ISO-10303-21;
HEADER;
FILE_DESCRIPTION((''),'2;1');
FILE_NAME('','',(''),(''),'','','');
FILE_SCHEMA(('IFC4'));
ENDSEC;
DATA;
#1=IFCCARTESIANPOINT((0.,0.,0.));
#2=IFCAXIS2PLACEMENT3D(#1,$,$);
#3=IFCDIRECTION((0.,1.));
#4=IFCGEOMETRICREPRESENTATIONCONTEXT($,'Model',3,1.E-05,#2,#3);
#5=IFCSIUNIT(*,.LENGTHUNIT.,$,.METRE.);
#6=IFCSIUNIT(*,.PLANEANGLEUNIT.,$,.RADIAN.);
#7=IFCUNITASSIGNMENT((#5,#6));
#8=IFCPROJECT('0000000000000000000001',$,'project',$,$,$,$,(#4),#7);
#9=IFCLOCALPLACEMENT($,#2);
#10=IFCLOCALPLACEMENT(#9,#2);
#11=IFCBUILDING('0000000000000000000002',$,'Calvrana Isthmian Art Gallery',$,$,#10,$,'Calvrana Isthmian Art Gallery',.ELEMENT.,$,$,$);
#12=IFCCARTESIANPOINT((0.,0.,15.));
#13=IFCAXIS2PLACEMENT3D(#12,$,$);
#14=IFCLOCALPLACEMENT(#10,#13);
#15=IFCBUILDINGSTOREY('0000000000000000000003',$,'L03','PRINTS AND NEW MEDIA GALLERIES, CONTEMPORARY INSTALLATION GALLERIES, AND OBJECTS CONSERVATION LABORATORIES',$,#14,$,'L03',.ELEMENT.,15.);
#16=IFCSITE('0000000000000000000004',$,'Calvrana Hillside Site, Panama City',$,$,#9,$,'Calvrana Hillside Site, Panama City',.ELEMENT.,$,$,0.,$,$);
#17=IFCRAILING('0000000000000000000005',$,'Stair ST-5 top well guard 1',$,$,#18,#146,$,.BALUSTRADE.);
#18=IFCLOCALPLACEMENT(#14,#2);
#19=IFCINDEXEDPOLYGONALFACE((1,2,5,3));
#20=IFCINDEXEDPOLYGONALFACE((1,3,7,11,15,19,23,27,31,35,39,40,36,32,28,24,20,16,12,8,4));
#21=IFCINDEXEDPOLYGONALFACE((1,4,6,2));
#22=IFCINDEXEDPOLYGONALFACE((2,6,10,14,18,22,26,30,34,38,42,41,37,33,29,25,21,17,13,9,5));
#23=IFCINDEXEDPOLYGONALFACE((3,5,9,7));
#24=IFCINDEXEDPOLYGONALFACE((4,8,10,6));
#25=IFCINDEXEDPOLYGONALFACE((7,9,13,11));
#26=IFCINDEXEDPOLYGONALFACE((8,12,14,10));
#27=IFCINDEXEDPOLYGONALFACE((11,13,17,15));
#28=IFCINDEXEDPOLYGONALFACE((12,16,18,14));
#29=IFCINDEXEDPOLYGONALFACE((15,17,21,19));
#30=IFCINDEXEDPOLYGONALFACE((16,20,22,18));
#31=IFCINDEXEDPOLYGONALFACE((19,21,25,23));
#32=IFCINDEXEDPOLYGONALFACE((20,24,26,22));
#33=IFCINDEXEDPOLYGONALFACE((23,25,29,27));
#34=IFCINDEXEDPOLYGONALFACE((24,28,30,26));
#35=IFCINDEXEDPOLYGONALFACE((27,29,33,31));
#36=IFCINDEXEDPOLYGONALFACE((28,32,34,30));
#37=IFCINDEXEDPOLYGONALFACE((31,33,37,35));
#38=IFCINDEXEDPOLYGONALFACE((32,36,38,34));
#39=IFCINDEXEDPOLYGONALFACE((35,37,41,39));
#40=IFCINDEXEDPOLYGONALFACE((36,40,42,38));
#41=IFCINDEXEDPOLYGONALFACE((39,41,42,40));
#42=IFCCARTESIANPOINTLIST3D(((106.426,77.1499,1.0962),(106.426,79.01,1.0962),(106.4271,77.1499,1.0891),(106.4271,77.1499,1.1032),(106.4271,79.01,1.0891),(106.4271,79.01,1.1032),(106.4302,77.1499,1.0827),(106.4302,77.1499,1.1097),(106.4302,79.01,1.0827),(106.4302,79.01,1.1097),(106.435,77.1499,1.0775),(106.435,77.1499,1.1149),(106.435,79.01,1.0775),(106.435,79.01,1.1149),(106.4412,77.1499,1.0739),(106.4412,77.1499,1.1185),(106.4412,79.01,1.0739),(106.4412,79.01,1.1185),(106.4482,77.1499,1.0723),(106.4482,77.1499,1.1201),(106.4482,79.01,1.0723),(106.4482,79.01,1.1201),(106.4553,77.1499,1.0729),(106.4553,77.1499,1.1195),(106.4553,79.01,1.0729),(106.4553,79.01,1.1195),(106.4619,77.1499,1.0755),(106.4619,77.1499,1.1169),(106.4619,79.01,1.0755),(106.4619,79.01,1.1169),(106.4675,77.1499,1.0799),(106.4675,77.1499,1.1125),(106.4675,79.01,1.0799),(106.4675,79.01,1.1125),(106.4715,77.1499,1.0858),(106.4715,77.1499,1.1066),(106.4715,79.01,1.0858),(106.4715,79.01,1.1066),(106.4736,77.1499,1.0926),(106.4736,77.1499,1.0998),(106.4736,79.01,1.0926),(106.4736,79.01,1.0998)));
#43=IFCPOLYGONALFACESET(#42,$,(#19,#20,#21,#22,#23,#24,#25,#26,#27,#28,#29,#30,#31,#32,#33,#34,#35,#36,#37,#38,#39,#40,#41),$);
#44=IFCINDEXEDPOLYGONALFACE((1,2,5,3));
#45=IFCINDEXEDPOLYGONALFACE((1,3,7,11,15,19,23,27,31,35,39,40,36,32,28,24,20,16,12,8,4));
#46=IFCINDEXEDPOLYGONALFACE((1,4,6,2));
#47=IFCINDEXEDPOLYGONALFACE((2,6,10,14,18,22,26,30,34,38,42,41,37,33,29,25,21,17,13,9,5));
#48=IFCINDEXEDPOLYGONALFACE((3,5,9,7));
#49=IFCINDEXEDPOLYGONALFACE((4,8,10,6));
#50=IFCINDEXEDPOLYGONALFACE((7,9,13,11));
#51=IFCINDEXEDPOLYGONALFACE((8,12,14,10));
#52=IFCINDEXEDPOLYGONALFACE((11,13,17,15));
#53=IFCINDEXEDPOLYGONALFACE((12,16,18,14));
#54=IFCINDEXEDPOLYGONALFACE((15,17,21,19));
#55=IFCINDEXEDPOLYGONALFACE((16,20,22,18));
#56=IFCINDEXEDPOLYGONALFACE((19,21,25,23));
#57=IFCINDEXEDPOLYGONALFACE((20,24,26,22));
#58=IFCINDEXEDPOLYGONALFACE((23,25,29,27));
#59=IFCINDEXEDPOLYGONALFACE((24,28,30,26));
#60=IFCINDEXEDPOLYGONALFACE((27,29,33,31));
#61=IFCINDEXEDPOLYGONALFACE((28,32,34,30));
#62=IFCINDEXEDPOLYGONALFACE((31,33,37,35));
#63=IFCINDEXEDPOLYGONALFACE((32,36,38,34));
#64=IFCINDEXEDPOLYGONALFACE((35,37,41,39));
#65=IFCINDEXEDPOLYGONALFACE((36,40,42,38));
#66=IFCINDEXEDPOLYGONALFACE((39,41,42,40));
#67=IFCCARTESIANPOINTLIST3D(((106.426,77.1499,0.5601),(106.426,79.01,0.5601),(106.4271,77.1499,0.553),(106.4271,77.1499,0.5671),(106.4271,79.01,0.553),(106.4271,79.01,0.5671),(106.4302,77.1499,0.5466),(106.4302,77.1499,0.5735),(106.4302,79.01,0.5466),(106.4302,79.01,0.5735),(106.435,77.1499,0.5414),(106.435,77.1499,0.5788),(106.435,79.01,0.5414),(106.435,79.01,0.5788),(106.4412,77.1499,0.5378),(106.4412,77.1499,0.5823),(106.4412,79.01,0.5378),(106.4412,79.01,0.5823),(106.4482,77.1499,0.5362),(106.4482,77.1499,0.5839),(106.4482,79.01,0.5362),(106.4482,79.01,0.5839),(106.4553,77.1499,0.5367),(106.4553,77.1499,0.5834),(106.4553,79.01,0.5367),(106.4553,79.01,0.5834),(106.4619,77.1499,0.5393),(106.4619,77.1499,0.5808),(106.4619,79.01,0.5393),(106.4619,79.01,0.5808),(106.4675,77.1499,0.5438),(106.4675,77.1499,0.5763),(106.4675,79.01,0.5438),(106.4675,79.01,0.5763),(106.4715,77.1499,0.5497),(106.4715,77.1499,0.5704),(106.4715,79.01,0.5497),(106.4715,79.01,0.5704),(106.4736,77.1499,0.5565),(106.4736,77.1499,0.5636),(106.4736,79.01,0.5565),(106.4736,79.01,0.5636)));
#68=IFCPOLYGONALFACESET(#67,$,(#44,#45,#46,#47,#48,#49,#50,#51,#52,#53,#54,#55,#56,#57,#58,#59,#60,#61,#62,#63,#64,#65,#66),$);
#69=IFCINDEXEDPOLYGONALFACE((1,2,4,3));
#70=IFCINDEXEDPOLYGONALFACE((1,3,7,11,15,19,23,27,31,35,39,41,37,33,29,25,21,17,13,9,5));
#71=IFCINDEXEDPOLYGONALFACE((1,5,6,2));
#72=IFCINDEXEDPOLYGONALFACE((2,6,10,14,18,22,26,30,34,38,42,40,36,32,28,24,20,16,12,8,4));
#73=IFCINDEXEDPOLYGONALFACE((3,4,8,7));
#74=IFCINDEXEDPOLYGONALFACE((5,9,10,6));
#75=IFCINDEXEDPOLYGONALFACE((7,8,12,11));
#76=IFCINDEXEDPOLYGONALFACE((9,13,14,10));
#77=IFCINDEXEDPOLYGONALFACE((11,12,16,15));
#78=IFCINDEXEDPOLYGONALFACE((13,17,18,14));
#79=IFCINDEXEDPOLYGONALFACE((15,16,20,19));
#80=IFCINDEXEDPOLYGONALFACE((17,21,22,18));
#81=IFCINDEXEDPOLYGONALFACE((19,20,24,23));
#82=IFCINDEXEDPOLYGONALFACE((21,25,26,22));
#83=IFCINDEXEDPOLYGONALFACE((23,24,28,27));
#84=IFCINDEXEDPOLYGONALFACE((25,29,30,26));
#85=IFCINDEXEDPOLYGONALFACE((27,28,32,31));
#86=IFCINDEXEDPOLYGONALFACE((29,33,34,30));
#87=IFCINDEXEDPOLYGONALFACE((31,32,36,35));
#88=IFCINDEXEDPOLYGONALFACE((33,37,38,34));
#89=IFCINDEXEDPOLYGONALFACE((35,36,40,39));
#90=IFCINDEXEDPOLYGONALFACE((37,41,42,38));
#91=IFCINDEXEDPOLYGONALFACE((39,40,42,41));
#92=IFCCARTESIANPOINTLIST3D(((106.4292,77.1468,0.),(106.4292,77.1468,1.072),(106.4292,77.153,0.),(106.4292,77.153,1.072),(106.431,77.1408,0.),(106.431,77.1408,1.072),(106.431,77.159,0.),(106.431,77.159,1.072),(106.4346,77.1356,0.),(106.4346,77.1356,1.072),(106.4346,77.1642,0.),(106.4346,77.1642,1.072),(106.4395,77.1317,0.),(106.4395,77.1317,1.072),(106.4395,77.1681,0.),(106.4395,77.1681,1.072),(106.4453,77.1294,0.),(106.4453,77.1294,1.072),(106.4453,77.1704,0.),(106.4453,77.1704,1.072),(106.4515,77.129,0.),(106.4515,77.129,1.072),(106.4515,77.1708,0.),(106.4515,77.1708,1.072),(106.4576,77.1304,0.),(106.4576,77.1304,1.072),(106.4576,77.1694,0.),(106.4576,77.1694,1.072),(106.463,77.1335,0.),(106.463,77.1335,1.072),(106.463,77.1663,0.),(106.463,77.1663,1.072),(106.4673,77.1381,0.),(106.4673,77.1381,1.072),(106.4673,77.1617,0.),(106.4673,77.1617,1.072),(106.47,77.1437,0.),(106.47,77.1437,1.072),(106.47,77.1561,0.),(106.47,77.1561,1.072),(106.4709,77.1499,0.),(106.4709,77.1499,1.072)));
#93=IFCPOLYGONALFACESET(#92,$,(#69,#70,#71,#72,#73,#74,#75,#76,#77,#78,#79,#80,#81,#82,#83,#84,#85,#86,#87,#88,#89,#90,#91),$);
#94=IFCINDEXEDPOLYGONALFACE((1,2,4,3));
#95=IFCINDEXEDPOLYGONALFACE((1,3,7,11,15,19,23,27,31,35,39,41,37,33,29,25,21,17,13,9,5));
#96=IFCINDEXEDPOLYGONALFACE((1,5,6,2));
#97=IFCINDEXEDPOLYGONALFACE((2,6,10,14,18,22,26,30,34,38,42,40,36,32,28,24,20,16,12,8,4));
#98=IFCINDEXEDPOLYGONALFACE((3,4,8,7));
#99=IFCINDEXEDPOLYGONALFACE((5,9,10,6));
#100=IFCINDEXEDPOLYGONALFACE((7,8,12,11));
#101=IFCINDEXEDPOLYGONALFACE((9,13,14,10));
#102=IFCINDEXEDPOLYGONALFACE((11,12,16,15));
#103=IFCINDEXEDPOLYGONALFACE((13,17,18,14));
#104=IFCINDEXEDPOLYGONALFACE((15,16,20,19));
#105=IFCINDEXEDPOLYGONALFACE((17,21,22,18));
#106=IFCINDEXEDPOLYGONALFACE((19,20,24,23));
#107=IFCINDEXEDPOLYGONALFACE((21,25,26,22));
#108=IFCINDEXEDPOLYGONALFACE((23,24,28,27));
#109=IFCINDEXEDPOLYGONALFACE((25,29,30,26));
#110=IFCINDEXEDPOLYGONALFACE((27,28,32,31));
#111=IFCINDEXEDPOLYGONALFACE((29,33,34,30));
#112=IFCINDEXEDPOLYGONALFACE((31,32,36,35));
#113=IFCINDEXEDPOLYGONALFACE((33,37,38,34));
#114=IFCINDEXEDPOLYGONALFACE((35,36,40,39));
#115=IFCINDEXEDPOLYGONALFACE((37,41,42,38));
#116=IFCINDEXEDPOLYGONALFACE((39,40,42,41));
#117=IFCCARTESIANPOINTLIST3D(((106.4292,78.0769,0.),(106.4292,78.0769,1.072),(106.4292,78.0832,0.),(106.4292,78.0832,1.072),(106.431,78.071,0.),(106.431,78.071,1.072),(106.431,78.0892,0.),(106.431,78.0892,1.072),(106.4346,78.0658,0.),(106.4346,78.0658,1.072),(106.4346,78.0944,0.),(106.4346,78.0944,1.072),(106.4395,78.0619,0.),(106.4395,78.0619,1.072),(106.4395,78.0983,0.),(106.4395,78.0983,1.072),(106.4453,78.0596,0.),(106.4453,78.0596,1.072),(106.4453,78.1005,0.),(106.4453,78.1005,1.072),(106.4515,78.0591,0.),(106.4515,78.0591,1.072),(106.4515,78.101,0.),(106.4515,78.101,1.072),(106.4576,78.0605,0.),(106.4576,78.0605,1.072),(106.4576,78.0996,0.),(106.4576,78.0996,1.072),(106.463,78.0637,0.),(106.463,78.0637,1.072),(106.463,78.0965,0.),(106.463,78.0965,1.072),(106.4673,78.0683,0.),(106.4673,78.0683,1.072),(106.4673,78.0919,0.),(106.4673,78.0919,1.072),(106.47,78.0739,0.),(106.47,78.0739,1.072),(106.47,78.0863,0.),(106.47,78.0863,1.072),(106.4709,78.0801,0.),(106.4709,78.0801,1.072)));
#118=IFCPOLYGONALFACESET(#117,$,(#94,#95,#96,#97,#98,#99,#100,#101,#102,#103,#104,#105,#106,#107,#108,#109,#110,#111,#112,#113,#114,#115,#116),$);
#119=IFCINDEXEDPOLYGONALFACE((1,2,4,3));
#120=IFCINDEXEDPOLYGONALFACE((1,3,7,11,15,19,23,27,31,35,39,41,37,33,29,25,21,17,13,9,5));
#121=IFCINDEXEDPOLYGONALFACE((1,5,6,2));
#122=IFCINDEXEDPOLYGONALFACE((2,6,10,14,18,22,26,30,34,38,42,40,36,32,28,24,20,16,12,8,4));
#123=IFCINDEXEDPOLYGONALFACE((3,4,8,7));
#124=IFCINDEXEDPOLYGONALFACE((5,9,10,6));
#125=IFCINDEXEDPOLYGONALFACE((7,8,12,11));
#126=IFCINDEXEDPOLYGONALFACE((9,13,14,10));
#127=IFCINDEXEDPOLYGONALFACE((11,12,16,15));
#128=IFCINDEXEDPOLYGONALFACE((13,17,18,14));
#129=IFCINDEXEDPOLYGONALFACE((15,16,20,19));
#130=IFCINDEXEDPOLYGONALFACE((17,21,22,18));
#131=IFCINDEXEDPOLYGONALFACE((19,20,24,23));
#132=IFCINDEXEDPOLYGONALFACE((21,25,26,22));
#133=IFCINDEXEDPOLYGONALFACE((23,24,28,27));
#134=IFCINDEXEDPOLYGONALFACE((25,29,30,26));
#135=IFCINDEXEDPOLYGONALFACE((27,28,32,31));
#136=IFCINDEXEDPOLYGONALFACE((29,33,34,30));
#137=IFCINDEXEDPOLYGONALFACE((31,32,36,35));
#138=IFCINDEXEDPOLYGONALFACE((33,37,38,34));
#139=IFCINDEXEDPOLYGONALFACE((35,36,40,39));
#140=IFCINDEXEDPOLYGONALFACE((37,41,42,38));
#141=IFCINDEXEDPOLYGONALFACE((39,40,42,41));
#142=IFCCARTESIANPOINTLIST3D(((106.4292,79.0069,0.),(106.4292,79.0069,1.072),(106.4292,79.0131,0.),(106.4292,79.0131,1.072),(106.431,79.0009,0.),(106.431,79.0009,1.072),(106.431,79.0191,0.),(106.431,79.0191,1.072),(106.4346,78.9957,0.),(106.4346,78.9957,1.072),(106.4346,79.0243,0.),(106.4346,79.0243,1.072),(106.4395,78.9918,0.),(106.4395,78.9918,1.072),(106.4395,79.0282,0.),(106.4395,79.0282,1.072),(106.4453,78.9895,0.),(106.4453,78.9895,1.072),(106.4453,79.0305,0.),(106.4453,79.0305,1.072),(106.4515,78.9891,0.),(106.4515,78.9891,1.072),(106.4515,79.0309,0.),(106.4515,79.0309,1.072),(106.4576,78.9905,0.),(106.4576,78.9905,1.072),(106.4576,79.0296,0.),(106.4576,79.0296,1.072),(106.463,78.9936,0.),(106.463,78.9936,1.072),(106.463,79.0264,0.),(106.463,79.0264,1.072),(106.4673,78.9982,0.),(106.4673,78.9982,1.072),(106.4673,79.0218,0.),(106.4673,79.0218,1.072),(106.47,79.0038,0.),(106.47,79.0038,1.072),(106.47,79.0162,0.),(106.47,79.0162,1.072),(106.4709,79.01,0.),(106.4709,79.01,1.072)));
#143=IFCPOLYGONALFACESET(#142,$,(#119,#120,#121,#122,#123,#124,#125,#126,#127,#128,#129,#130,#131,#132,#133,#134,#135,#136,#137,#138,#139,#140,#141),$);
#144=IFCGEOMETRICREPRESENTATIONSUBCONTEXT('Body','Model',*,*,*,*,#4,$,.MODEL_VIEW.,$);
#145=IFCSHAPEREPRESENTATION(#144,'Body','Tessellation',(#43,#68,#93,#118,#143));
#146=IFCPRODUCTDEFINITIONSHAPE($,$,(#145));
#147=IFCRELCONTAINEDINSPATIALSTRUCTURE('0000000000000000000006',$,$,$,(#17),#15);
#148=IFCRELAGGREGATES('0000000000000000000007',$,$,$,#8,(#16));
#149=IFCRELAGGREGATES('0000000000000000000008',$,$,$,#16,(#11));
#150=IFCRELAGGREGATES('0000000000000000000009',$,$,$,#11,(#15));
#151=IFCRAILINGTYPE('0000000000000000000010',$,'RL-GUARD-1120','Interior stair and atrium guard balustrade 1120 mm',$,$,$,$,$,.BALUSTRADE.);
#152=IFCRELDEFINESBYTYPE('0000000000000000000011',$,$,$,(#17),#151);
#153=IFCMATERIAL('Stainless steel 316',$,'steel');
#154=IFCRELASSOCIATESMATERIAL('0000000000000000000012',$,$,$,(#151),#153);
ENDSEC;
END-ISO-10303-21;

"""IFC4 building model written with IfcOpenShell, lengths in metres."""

from ifc_helpers import new_model, si_unit, direction, frame, origin, origin_2d, place, context, subcontext, project, spatial, circle, extrude, material, type_object, element, save


model = new_model("IFC4")

# Units and contexts
model_context = context("Model", 3, precision=1e-05, world=origin(), true_north=direction((0.0, 1.0)))
body_context = subcontext(model_context, "Body", "Model", "MODEL_VIEW")
ifc_project = project(units=[si_unit("LENGTHUNIT", "METRE"), si_unit("PLANEANGLEUNIT", "RADIAN")], contexts=[model_context])

# Site, building, storey
site_placement = place(None, origin())
site = spatial("IfcSite", under=ifc_project, at=site_placement, Name="Calvrana Hillside Site, Panama City", LongName="Calvrana Hillside Site, Panama City", CompositionType="ELEMENT", RefElevation=0.0)
building_placement = place(site_placement, origin())
building = spatial("IfcBuilding", under=site, at=building_placement, Name="Calvrana Isthmian Art Gallery", LongName="Calvrana Isthmian Art Gallery", CompositionType="ELEMENT")
storey_placement = place(building_placement, frame((0.0, 0.0, 15.0)))
storey = spatial("IfcBuildingStorey", under=building, at=storey_placement, Name="L03", Description="PRINTS AND NEW MEDIA GALLERIES, CONTEMPORARY INSTALLATION GALLERIES, AND OBJECTS CONSERVATION LABORATORIES", LongName="L03", CompositionType="ELEMENT", Elevation=15.0)

# Railing
ifc_material_1 = material(Name="Stainless steel 316", Category="steel")
railing_type = type_object("IfcRailingType", Name="RL-GUARD-1120", Description="Interior stair and atrium guard balustrade 1120 mm", PredefinedType="BALUSTRADE", material=ifc_material_1)
railing_placement = place(storey_placement, frame((106.45, 77.1499, 0.0)))
element("IfcRailing", 1, at=railing_placement, inside=storey, type_object=railing_type, Name="Stair ST-5 top well guard 1", PredefinedType="BALUSTRADE", context=body_context, shape_type="SweptSolid", body=[
    extrude(circle(Radius=0.0239, at=origin_2d()), frame((0.0, 0.0, 1.0962), z_axis=(0.0, 1.0, 0.0), x_axis=(-1.0, 0.0, 0.0)), (0.0, 0.0, 1.0), 1.8601),
    extrude(circle(Radius=0.0239, at=origin_2d()), frame((0.0, 0.0, 0.5601), z_axis=(0.0, 1.0, 0.0), x_axis=(-1.0, 0.0, 0.0)), (0.0, 0.0, 1.0), 1.8601),
    extrude(circle(Radius=0.021, at=origin_2d()), origin(), (0.0, 0.0, 1.0), 1.072),
    extrude(circle(Radius=0.021, at=origin_2d()), frame((0.0, 0.9302, 0.0)), (0.0, 0.0, 1.0), 1.072),
    extrude(circle(Radius=0.021, at=origin_2d()), frame((0.0, 1.8601, 0.0)), (0.0, 0.0, 1.0), 1.072),
])

save(model, "model.ifc")
